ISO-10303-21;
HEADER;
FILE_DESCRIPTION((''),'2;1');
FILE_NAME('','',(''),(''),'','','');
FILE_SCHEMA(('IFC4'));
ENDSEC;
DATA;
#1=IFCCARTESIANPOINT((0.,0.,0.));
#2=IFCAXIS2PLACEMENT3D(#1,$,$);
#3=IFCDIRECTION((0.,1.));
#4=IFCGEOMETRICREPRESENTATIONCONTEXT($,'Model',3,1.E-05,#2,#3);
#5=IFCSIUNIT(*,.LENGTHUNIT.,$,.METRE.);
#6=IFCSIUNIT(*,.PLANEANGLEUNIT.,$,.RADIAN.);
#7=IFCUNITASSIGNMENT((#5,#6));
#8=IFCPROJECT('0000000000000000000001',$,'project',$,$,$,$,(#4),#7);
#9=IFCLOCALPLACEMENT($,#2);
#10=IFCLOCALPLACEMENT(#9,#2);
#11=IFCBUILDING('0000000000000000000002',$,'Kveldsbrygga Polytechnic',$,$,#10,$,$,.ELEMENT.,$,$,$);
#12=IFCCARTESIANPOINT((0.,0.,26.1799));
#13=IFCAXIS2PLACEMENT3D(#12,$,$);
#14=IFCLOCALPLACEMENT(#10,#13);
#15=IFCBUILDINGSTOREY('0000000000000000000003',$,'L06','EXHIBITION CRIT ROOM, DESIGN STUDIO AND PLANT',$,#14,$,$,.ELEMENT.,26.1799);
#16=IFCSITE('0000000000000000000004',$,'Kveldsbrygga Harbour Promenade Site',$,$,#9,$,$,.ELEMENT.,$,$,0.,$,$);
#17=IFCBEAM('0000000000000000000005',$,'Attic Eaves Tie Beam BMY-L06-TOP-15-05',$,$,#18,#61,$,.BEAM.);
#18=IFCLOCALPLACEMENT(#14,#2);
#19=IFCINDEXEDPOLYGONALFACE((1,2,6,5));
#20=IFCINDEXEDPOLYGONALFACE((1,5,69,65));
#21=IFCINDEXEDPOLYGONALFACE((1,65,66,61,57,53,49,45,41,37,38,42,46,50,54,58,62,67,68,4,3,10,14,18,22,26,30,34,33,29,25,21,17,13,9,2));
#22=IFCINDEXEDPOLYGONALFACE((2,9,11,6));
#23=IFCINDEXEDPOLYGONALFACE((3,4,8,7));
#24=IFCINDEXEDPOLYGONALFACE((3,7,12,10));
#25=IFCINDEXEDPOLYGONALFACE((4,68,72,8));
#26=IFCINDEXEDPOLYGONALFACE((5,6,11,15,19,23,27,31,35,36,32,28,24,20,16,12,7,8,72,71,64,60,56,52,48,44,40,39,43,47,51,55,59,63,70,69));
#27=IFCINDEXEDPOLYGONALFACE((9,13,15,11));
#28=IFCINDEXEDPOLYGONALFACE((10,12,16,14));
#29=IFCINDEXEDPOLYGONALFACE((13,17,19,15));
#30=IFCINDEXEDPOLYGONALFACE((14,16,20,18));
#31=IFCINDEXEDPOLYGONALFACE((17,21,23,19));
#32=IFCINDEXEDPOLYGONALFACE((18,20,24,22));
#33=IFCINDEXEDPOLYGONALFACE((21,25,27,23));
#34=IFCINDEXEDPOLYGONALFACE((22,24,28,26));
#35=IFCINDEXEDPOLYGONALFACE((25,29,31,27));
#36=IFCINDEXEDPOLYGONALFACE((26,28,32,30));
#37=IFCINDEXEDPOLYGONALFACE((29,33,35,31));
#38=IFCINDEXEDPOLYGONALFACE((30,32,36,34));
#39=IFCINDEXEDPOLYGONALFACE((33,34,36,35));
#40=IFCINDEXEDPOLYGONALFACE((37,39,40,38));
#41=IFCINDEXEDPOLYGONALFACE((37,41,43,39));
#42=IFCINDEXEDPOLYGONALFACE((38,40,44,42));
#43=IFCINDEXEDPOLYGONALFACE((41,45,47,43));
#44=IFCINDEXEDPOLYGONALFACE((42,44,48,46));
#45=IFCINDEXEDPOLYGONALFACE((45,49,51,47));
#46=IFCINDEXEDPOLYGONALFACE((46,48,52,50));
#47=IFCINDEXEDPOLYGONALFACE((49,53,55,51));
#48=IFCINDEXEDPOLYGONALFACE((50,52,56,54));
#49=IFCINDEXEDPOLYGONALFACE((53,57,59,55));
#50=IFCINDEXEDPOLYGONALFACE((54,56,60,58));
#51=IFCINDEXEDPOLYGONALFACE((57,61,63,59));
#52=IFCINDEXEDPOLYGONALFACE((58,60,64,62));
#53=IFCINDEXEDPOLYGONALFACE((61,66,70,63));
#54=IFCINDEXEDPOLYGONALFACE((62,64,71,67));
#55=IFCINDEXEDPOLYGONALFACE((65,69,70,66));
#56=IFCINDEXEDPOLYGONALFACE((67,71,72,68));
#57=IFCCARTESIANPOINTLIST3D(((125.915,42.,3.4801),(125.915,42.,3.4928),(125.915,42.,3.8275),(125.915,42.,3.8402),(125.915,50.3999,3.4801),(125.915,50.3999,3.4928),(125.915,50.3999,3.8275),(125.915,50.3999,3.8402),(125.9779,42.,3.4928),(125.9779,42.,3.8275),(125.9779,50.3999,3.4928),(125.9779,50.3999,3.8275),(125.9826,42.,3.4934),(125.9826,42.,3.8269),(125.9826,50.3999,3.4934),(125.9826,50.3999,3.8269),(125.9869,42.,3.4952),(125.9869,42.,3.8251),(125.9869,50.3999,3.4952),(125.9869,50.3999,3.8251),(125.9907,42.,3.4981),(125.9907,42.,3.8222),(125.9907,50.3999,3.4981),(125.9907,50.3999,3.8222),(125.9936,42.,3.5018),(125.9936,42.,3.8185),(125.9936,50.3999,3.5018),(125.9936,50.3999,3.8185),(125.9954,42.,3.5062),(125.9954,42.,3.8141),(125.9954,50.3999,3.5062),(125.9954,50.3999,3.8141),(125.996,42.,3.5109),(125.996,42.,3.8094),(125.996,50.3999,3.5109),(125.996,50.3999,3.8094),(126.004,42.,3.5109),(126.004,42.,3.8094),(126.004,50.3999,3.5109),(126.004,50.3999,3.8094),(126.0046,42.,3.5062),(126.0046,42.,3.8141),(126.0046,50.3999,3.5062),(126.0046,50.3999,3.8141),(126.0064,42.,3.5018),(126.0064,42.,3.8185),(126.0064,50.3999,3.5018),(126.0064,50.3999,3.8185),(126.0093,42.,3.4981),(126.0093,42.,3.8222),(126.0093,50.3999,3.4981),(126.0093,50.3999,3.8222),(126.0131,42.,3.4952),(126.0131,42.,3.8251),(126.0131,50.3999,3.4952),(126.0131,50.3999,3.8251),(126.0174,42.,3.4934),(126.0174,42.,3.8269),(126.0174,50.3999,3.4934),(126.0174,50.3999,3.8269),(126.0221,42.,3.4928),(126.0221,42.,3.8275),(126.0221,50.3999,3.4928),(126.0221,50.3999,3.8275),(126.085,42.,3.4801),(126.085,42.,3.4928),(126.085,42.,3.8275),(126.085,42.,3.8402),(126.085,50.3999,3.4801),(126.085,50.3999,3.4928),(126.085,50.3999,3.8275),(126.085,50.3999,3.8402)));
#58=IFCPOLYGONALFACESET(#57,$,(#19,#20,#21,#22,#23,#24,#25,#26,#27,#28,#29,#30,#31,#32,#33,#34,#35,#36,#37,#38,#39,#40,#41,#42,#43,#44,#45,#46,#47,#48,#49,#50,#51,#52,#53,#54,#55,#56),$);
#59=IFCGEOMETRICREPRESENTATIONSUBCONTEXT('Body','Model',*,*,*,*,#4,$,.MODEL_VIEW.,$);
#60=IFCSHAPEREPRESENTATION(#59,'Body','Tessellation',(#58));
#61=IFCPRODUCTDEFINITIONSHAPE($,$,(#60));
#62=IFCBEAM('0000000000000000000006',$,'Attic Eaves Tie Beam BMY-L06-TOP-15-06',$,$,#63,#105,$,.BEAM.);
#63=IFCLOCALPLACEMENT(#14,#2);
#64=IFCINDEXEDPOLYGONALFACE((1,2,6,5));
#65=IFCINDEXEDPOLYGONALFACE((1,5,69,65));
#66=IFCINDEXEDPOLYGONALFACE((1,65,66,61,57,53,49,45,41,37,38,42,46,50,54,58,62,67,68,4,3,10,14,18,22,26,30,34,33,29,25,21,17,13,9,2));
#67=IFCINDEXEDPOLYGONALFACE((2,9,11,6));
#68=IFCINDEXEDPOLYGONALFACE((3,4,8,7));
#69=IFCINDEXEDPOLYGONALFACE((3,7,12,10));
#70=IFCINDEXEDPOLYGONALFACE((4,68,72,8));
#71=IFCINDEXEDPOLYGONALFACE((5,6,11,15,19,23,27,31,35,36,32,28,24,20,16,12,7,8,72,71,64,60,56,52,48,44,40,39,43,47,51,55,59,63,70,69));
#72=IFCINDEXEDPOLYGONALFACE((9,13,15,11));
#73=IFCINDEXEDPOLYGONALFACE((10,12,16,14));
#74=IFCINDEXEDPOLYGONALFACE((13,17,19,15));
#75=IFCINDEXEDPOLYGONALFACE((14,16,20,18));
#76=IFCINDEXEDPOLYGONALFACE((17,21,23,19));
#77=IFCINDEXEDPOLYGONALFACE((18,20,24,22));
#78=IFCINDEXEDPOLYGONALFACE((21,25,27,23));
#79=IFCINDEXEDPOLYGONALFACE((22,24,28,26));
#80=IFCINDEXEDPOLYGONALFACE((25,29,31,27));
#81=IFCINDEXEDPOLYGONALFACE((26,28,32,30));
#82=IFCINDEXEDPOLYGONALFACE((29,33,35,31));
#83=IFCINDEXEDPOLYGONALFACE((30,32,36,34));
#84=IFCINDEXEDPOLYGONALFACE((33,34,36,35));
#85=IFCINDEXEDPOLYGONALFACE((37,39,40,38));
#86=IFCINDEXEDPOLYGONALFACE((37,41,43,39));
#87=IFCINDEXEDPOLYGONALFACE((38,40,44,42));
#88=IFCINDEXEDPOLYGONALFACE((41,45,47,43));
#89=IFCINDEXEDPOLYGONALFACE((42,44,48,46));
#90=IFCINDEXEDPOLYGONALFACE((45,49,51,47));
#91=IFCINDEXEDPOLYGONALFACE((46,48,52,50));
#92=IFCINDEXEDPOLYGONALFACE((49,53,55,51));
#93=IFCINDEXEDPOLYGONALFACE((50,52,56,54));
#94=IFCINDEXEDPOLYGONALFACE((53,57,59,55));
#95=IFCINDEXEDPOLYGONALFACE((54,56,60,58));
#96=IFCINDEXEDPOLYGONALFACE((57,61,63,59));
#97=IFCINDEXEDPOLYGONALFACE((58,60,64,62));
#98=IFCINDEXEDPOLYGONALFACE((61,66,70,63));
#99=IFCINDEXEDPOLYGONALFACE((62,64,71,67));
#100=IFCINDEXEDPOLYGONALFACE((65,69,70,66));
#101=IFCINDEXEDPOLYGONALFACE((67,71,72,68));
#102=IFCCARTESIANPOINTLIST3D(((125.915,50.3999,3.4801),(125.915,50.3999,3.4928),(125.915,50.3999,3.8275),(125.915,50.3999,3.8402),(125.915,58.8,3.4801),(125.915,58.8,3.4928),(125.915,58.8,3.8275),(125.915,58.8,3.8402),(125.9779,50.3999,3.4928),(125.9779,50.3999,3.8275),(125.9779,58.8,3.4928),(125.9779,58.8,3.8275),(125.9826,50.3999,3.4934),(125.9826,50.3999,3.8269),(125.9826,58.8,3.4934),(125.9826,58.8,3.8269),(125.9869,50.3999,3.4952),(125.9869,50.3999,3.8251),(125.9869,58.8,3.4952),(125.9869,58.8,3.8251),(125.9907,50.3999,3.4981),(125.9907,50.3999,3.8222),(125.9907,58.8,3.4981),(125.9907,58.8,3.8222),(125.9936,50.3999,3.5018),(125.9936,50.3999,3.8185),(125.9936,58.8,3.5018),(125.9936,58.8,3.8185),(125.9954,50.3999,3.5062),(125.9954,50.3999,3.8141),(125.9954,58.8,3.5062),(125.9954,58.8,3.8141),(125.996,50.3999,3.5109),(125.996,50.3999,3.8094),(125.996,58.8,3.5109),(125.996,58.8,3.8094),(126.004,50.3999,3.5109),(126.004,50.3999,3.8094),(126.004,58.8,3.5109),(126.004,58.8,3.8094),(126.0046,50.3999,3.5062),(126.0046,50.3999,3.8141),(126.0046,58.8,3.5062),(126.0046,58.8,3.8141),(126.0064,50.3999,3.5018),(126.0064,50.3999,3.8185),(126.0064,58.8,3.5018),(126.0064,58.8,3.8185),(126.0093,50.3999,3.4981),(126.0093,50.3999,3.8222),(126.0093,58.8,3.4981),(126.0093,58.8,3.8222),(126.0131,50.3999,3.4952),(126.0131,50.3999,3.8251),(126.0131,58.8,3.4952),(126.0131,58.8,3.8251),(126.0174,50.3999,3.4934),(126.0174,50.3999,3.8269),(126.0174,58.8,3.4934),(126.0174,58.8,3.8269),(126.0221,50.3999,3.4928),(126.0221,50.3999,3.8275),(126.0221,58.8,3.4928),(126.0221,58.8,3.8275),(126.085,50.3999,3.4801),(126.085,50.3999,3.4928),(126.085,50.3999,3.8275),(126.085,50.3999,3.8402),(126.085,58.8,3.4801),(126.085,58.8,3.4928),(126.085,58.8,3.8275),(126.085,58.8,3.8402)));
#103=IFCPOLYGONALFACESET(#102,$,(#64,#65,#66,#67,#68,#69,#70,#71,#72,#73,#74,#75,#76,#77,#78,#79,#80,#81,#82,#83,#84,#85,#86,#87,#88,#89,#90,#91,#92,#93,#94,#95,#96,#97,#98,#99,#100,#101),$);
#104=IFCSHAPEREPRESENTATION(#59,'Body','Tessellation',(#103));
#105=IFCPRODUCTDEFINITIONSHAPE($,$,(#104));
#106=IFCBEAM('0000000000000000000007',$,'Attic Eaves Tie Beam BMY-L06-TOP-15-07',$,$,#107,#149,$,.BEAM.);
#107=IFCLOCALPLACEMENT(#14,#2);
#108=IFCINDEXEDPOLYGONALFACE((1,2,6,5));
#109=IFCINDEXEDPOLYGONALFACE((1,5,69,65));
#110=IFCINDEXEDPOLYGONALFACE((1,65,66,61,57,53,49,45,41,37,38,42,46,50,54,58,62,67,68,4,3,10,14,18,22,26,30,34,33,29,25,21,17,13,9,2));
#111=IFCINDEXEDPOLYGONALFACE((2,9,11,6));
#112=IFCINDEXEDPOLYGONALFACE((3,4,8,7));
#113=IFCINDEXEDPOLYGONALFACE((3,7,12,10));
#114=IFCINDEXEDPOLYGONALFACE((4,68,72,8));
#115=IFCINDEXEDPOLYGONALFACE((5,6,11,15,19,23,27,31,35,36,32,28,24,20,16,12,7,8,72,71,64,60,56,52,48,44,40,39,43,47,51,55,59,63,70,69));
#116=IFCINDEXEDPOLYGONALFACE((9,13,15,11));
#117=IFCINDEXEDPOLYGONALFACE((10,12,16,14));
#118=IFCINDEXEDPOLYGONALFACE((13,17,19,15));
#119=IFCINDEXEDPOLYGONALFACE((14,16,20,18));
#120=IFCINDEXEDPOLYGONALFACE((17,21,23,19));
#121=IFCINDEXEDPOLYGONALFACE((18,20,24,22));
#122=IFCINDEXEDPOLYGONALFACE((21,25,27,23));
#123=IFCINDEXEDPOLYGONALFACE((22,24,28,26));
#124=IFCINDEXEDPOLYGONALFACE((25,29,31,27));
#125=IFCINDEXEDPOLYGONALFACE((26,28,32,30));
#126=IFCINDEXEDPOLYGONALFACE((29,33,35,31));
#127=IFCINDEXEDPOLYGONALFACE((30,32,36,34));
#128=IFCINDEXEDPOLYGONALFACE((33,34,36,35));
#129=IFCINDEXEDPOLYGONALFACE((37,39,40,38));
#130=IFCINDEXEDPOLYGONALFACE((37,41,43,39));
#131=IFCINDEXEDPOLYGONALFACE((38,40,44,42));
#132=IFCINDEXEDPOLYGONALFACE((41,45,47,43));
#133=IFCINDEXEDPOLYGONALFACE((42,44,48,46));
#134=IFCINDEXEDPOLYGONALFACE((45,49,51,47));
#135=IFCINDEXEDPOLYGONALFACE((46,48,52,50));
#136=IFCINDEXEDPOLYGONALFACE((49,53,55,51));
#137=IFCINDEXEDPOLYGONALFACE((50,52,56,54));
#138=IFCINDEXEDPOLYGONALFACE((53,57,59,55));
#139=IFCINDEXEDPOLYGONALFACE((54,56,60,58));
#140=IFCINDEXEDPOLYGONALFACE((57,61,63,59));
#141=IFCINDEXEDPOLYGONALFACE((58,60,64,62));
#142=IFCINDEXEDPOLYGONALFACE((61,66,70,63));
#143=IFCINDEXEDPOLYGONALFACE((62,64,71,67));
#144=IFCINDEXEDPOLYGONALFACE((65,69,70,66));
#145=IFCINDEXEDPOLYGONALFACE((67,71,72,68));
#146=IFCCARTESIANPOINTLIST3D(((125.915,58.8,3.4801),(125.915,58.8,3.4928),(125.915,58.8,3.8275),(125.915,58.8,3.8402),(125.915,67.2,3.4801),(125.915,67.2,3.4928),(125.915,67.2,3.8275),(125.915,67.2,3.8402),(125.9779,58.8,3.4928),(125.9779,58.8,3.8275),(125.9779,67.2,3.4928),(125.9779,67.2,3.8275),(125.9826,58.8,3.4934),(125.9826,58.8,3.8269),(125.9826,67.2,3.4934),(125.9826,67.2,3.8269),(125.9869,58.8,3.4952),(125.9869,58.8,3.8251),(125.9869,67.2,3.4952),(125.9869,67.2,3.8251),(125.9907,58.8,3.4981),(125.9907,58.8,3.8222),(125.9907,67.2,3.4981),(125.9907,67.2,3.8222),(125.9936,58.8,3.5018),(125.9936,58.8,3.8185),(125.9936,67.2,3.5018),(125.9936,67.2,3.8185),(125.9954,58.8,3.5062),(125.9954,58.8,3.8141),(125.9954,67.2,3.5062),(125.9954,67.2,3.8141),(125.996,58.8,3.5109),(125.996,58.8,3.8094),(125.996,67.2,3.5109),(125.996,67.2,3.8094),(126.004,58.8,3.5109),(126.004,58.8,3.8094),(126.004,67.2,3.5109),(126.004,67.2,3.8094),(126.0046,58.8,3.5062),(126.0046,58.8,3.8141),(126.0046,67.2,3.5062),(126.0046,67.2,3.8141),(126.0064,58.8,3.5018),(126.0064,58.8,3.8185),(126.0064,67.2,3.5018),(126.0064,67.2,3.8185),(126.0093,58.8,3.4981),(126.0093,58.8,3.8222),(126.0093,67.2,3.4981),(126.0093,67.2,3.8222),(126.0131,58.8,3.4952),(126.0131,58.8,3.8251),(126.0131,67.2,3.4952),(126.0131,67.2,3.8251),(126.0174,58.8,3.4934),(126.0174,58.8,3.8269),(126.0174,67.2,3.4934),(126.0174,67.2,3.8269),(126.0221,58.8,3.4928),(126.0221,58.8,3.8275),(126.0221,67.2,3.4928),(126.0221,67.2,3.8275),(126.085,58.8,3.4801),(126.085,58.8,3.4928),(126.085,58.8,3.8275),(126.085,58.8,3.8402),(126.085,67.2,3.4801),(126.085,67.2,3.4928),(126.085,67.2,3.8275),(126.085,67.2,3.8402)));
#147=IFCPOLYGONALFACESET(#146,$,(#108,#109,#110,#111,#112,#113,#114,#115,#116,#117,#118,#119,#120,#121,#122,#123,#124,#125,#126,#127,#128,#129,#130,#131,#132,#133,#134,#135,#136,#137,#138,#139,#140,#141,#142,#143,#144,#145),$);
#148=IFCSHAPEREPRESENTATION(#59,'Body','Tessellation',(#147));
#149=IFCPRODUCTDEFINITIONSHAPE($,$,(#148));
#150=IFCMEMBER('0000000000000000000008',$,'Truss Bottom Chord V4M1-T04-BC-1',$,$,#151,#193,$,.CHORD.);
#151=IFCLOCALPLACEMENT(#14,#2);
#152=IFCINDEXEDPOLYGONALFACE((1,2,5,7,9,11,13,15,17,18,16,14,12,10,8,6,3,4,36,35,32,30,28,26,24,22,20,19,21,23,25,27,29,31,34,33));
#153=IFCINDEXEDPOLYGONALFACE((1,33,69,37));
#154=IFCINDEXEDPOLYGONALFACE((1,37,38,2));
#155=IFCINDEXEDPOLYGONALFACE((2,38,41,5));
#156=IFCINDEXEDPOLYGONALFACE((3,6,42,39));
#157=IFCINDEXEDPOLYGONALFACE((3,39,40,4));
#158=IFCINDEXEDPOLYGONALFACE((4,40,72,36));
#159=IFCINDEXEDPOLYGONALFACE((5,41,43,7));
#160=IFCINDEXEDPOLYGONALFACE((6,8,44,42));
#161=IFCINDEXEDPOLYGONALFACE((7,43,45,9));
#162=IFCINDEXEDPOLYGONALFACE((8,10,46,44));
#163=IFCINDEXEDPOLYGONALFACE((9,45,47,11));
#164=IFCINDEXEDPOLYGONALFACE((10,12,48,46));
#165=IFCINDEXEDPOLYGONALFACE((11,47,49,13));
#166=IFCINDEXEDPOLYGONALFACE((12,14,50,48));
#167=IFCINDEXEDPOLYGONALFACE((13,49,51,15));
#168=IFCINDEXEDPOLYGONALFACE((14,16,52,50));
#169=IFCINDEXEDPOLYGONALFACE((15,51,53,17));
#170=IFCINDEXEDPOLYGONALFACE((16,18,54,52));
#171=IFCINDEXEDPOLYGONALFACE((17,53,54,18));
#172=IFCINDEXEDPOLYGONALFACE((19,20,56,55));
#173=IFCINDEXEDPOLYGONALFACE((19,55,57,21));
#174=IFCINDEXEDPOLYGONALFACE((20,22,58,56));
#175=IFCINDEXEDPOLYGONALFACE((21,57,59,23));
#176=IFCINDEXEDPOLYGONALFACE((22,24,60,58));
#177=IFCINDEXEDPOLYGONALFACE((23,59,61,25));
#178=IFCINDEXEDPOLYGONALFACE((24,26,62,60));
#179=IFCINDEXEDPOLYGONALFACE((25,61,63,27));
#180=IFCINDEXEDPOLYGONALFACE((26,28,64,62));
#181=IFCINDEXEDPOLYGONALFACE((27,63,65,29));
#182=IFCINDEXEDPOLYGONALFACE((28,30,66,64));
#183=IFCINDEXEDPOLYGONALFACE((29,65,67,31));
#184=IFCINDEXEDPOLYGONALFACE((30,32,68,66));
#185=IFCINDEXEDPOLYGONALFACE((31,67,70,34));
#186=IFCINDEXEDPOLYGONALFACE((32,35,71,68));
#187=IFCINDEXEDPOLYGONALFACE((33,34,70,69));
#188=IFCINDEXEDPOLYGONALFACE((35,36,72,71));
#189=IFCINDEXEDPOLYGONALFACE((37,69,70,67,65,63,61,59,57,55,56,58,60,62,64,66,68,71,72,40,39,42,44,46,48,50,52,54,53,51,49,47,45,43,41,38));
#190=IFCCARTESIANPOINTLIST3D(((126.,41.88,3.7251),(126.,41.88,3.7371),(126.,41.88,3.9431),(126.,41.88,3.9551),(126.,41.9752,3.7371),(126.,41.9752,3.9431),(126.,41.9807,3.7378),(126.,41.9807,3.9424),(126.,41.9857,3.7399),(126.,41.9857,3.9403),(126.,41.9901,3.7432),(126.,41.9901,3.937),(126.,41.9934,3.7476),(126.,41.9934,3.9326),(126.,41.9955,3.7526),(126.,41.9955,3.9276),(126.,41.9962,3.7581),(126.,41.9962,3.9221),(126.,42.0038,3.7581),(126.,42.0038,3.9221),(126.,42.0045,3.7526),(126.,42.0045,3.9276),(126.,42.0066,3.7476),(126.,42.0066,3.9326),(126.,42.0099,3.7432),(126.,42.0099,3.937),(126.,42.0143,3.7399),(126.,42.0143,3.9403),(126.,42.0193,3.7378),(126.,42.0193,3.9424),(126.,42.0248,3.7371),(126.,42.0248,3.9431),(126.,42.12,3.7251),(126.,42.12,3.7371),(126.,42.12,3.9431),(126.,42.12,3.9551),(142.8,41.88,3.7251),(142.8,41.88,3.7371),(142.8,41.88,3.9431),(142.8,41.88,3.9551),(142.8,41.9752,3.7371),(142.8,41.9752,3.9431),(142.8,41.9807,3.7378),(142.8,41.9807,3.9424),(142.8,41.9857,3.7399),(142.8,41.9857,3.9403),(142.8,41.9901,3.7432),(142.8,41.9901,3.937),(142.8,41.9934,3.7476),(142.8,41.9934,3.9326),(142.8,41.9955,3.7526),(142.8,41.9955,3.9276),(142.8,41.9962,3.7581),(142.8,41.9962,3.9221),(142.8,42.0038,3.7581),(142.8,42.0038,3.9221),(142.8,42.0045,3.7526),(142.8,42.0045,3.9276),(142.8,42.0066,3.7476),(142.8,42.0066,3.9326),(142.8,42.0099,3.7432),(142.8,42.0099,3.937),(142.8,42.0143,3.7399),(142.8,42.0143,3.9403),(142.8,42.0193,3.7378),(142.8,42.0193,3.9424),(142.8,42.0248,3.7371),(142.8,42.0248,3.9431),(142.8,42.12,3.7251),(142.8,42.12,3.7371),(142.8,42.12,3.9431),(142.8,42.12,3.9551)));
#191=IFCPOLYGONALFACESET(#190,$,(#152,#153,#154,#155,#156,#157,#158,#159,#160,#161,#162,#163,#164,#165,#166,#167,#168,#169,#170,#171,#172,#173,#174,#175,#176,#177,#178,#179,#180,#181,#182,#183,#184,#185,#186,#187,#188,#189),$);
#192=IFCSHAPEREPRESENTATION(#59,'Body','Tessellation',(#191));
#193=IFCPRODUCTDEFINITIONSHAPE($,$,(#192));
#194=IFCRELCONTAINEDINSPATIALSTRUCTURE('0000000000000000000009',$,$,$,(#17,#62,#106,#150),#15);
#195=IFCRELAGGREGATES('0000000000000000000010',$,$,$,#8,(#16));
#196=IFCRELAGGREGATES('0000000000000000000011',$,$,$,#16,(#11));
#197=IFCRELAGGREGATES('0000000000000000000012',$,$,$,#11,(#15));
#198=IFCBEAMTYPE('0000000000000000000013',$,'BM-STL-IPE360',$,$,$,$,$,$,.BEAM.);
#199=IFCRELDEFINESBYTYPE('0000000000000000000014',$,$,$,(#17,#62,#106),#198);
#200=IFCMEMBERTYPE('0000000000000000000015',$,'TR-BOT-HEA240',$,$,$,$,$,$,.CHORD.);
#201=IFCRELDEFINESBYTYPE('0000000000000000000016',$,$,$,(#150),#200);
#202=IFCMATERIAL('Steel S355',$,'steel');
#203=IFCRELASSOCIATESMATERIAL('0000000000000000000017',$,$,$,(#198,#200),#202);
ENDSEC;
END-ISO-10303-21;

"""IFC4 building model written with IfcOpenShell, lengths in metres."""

from ifc_helpers import new_model, si_unit, direction, frame, origin, origin_2d, place, context, subcontext, project, spatial, i_section, extrude, material, material_profile, profile_set, type_object, element, save


model = new_model("IFC4")

# Units and contexts
model_context = context("Model", 3, precision=1e-05, world=origin(), true_north=direction((0.0, 1.0)))
body_context = subcontext(model_context, "Body", "Model", "MODEL_VIEW")
ifc_project = project(units=[si_unit("LENGTHUNIT", "METRE"), si_unit("PLANEANGLEUNIT", "RADIAN")], contexts=[model_context])

# Site, building, storey
site_placement = place(None, origin())
site = spatial("IfcSite", under=ifc_project, at=site_placement, Name="Kveldsbrygga Harbour Promenade Site", CompositionType="ELEMENT", RefElevation=0.0)
building_placement = place(site_placement, origin())
building = spatial("IfcBuilding", under=site, at=building_placement, Name="Kveldsbrygga Polytechnic", CompositionType="ELEMENT")
storey_placement = place(building_placement, frame((0.0, 0.0, 26.1799)))
storey = spatial("IfcBuildingStorey", under=building, at=storey_placement, Name="L06", Description="EXHIBITION CRIT ROOM, DESIGN STUDIO AND PLANT", CompositionType="ELEMENT", Elevation=26.1799)

# Beams
ifc_material_1 = material(Name="Steel S355", Category="steel")
ifc_material_profile_1 = material_profile(ifc_material_1, i_section(OverallWidth=0.1699, OverallDepth=0.3601, WebThickness=0.0081, FlangeThickness=0.0127, FilletRadius=0.0181, at=origin_2d()), Name="IPE 360")
ifc_profile_set_1 = profile_set([ifc_material_profile_1], Name="Steel S355")
beam_type = type_object("IfcBeamType", Name="BM-STL-IPE360", PredefinedType="BEAM", material=ifc_profile_set_1)
beam_1_placement = place(storey_placement, frame((126.0, 42.0, 3.6602), z_axis=(0.0, 1.0, 0.0), x_axis=(-1.0, 0.0, 0.0)))
element("IfcBeam", 1, at=beam_1_placement, inside=storey, type_object=beam_type, Name="Attic Eaves Tie Beam BMY-L06-TOP-15-05", PredefinedType="BEAM", context=body_context, shape_type="SweptSolid", body=[
    extrude(i_section(OverallWidth=0.1699, OverallDepth=0.3601, WebThickness=0.0081, FlangeThickness=0.0127, FilletRadius=0.0181, at=origin_2d()), origin(), (0.0, 0.0, 1.0), 8.3999),
])
beam_2_placement = place(storey_placement, frame((126.0, 50.3999, 3.6602), z_axis=(0.0, 1.0, 0.0), x_axis=(-1.0, 0.0, 0.0)))
element("IfcBeam", 2, at=beam_2_placement, inside=storey, type_object=beam_type, Name="Attic Eaves Tie Beam BMY-L06-TOP-15-06", PredefinedType="BEAM", context=body_context, shape_type="SweptSolid", body=[
    extrude(i_section(OverallWidth=0.1699, OverallDepth=0.3601, WebThickness=0.0081, FlangeThickness=0.0127, FilletRadius=0.0181, at=origin_2d()), origin(), (0.0, 0.0, 1.0), 8.4001),
])
beam_3_placement = place(storey_placement, frame((126.0, 58.8, 3.6602), z_axis=(0.0, 1.0, 0.0), x_axis=(-1.0, 0.0, 0.0)))
element("IfcBeam", 3, at=beam_3_placement, inside=storey, type_object=beam_type, Name="Attic Eaves Tie Beam BMY-L06-TOP-15-07", PredefinedType="BEAM", context=body_context, shape_type="SweptSolid", body=[
    extrude(i_section(OverallWidth=0.1699, OverallDepth=0.3601, WebThickness=0.0081, FlangeThickness=0.0127, FilletRadius=0.0181, at=origin_2d()), origin(), (0.0, 0.0, 1.0), 8.3999),
])

# Member
ifc_material_profile_2 = material_profile(ifc_material_1, i_section(OverallWidth=0.24, OverallDepth=0.23, WebThickness=0.0076, FlangeThickness=0.012, FilletRadius=0.021, at=origin_2d()), Name="HEA 240")
ifc_profile_set_2 = profile_set([ifc_material_profile_2], Name="Steel S355")
member_type_1 = type_object("IfcMemberType", Name="TR-BOT-HEA240", PredefinedType="CHORD", material=ifc_profile_set_2)
for number, where, z_axis, x_axis, name in (
    (4, (126.0, 42.0, 3.8401), (1.0, 0.0, 0.0), (0.0, 1.0, 0.0), "Truss Bottom Chord V4M1-T04-BC-1"),
):
    element("IfcMember", number, at=place(storey_placement, frame(where, z_axis=z_axis, x_axis=x_axis)), inside=storey, type_object=member_type_1, Name=name, PredefinedType="CHORD", context=body_context, shape_type="SweptSolid", body=[
        extrude(i_section(OverallWidth=0.24, OverallDepth=0.23, WebThickness=0.0076, FlangeThickness=0.012, FilletRadius=0.021, at=origin_2d()), origin(), (0.0, 0.0, 1.0), 16.8),
    ])

save(model, "model.ifc")
